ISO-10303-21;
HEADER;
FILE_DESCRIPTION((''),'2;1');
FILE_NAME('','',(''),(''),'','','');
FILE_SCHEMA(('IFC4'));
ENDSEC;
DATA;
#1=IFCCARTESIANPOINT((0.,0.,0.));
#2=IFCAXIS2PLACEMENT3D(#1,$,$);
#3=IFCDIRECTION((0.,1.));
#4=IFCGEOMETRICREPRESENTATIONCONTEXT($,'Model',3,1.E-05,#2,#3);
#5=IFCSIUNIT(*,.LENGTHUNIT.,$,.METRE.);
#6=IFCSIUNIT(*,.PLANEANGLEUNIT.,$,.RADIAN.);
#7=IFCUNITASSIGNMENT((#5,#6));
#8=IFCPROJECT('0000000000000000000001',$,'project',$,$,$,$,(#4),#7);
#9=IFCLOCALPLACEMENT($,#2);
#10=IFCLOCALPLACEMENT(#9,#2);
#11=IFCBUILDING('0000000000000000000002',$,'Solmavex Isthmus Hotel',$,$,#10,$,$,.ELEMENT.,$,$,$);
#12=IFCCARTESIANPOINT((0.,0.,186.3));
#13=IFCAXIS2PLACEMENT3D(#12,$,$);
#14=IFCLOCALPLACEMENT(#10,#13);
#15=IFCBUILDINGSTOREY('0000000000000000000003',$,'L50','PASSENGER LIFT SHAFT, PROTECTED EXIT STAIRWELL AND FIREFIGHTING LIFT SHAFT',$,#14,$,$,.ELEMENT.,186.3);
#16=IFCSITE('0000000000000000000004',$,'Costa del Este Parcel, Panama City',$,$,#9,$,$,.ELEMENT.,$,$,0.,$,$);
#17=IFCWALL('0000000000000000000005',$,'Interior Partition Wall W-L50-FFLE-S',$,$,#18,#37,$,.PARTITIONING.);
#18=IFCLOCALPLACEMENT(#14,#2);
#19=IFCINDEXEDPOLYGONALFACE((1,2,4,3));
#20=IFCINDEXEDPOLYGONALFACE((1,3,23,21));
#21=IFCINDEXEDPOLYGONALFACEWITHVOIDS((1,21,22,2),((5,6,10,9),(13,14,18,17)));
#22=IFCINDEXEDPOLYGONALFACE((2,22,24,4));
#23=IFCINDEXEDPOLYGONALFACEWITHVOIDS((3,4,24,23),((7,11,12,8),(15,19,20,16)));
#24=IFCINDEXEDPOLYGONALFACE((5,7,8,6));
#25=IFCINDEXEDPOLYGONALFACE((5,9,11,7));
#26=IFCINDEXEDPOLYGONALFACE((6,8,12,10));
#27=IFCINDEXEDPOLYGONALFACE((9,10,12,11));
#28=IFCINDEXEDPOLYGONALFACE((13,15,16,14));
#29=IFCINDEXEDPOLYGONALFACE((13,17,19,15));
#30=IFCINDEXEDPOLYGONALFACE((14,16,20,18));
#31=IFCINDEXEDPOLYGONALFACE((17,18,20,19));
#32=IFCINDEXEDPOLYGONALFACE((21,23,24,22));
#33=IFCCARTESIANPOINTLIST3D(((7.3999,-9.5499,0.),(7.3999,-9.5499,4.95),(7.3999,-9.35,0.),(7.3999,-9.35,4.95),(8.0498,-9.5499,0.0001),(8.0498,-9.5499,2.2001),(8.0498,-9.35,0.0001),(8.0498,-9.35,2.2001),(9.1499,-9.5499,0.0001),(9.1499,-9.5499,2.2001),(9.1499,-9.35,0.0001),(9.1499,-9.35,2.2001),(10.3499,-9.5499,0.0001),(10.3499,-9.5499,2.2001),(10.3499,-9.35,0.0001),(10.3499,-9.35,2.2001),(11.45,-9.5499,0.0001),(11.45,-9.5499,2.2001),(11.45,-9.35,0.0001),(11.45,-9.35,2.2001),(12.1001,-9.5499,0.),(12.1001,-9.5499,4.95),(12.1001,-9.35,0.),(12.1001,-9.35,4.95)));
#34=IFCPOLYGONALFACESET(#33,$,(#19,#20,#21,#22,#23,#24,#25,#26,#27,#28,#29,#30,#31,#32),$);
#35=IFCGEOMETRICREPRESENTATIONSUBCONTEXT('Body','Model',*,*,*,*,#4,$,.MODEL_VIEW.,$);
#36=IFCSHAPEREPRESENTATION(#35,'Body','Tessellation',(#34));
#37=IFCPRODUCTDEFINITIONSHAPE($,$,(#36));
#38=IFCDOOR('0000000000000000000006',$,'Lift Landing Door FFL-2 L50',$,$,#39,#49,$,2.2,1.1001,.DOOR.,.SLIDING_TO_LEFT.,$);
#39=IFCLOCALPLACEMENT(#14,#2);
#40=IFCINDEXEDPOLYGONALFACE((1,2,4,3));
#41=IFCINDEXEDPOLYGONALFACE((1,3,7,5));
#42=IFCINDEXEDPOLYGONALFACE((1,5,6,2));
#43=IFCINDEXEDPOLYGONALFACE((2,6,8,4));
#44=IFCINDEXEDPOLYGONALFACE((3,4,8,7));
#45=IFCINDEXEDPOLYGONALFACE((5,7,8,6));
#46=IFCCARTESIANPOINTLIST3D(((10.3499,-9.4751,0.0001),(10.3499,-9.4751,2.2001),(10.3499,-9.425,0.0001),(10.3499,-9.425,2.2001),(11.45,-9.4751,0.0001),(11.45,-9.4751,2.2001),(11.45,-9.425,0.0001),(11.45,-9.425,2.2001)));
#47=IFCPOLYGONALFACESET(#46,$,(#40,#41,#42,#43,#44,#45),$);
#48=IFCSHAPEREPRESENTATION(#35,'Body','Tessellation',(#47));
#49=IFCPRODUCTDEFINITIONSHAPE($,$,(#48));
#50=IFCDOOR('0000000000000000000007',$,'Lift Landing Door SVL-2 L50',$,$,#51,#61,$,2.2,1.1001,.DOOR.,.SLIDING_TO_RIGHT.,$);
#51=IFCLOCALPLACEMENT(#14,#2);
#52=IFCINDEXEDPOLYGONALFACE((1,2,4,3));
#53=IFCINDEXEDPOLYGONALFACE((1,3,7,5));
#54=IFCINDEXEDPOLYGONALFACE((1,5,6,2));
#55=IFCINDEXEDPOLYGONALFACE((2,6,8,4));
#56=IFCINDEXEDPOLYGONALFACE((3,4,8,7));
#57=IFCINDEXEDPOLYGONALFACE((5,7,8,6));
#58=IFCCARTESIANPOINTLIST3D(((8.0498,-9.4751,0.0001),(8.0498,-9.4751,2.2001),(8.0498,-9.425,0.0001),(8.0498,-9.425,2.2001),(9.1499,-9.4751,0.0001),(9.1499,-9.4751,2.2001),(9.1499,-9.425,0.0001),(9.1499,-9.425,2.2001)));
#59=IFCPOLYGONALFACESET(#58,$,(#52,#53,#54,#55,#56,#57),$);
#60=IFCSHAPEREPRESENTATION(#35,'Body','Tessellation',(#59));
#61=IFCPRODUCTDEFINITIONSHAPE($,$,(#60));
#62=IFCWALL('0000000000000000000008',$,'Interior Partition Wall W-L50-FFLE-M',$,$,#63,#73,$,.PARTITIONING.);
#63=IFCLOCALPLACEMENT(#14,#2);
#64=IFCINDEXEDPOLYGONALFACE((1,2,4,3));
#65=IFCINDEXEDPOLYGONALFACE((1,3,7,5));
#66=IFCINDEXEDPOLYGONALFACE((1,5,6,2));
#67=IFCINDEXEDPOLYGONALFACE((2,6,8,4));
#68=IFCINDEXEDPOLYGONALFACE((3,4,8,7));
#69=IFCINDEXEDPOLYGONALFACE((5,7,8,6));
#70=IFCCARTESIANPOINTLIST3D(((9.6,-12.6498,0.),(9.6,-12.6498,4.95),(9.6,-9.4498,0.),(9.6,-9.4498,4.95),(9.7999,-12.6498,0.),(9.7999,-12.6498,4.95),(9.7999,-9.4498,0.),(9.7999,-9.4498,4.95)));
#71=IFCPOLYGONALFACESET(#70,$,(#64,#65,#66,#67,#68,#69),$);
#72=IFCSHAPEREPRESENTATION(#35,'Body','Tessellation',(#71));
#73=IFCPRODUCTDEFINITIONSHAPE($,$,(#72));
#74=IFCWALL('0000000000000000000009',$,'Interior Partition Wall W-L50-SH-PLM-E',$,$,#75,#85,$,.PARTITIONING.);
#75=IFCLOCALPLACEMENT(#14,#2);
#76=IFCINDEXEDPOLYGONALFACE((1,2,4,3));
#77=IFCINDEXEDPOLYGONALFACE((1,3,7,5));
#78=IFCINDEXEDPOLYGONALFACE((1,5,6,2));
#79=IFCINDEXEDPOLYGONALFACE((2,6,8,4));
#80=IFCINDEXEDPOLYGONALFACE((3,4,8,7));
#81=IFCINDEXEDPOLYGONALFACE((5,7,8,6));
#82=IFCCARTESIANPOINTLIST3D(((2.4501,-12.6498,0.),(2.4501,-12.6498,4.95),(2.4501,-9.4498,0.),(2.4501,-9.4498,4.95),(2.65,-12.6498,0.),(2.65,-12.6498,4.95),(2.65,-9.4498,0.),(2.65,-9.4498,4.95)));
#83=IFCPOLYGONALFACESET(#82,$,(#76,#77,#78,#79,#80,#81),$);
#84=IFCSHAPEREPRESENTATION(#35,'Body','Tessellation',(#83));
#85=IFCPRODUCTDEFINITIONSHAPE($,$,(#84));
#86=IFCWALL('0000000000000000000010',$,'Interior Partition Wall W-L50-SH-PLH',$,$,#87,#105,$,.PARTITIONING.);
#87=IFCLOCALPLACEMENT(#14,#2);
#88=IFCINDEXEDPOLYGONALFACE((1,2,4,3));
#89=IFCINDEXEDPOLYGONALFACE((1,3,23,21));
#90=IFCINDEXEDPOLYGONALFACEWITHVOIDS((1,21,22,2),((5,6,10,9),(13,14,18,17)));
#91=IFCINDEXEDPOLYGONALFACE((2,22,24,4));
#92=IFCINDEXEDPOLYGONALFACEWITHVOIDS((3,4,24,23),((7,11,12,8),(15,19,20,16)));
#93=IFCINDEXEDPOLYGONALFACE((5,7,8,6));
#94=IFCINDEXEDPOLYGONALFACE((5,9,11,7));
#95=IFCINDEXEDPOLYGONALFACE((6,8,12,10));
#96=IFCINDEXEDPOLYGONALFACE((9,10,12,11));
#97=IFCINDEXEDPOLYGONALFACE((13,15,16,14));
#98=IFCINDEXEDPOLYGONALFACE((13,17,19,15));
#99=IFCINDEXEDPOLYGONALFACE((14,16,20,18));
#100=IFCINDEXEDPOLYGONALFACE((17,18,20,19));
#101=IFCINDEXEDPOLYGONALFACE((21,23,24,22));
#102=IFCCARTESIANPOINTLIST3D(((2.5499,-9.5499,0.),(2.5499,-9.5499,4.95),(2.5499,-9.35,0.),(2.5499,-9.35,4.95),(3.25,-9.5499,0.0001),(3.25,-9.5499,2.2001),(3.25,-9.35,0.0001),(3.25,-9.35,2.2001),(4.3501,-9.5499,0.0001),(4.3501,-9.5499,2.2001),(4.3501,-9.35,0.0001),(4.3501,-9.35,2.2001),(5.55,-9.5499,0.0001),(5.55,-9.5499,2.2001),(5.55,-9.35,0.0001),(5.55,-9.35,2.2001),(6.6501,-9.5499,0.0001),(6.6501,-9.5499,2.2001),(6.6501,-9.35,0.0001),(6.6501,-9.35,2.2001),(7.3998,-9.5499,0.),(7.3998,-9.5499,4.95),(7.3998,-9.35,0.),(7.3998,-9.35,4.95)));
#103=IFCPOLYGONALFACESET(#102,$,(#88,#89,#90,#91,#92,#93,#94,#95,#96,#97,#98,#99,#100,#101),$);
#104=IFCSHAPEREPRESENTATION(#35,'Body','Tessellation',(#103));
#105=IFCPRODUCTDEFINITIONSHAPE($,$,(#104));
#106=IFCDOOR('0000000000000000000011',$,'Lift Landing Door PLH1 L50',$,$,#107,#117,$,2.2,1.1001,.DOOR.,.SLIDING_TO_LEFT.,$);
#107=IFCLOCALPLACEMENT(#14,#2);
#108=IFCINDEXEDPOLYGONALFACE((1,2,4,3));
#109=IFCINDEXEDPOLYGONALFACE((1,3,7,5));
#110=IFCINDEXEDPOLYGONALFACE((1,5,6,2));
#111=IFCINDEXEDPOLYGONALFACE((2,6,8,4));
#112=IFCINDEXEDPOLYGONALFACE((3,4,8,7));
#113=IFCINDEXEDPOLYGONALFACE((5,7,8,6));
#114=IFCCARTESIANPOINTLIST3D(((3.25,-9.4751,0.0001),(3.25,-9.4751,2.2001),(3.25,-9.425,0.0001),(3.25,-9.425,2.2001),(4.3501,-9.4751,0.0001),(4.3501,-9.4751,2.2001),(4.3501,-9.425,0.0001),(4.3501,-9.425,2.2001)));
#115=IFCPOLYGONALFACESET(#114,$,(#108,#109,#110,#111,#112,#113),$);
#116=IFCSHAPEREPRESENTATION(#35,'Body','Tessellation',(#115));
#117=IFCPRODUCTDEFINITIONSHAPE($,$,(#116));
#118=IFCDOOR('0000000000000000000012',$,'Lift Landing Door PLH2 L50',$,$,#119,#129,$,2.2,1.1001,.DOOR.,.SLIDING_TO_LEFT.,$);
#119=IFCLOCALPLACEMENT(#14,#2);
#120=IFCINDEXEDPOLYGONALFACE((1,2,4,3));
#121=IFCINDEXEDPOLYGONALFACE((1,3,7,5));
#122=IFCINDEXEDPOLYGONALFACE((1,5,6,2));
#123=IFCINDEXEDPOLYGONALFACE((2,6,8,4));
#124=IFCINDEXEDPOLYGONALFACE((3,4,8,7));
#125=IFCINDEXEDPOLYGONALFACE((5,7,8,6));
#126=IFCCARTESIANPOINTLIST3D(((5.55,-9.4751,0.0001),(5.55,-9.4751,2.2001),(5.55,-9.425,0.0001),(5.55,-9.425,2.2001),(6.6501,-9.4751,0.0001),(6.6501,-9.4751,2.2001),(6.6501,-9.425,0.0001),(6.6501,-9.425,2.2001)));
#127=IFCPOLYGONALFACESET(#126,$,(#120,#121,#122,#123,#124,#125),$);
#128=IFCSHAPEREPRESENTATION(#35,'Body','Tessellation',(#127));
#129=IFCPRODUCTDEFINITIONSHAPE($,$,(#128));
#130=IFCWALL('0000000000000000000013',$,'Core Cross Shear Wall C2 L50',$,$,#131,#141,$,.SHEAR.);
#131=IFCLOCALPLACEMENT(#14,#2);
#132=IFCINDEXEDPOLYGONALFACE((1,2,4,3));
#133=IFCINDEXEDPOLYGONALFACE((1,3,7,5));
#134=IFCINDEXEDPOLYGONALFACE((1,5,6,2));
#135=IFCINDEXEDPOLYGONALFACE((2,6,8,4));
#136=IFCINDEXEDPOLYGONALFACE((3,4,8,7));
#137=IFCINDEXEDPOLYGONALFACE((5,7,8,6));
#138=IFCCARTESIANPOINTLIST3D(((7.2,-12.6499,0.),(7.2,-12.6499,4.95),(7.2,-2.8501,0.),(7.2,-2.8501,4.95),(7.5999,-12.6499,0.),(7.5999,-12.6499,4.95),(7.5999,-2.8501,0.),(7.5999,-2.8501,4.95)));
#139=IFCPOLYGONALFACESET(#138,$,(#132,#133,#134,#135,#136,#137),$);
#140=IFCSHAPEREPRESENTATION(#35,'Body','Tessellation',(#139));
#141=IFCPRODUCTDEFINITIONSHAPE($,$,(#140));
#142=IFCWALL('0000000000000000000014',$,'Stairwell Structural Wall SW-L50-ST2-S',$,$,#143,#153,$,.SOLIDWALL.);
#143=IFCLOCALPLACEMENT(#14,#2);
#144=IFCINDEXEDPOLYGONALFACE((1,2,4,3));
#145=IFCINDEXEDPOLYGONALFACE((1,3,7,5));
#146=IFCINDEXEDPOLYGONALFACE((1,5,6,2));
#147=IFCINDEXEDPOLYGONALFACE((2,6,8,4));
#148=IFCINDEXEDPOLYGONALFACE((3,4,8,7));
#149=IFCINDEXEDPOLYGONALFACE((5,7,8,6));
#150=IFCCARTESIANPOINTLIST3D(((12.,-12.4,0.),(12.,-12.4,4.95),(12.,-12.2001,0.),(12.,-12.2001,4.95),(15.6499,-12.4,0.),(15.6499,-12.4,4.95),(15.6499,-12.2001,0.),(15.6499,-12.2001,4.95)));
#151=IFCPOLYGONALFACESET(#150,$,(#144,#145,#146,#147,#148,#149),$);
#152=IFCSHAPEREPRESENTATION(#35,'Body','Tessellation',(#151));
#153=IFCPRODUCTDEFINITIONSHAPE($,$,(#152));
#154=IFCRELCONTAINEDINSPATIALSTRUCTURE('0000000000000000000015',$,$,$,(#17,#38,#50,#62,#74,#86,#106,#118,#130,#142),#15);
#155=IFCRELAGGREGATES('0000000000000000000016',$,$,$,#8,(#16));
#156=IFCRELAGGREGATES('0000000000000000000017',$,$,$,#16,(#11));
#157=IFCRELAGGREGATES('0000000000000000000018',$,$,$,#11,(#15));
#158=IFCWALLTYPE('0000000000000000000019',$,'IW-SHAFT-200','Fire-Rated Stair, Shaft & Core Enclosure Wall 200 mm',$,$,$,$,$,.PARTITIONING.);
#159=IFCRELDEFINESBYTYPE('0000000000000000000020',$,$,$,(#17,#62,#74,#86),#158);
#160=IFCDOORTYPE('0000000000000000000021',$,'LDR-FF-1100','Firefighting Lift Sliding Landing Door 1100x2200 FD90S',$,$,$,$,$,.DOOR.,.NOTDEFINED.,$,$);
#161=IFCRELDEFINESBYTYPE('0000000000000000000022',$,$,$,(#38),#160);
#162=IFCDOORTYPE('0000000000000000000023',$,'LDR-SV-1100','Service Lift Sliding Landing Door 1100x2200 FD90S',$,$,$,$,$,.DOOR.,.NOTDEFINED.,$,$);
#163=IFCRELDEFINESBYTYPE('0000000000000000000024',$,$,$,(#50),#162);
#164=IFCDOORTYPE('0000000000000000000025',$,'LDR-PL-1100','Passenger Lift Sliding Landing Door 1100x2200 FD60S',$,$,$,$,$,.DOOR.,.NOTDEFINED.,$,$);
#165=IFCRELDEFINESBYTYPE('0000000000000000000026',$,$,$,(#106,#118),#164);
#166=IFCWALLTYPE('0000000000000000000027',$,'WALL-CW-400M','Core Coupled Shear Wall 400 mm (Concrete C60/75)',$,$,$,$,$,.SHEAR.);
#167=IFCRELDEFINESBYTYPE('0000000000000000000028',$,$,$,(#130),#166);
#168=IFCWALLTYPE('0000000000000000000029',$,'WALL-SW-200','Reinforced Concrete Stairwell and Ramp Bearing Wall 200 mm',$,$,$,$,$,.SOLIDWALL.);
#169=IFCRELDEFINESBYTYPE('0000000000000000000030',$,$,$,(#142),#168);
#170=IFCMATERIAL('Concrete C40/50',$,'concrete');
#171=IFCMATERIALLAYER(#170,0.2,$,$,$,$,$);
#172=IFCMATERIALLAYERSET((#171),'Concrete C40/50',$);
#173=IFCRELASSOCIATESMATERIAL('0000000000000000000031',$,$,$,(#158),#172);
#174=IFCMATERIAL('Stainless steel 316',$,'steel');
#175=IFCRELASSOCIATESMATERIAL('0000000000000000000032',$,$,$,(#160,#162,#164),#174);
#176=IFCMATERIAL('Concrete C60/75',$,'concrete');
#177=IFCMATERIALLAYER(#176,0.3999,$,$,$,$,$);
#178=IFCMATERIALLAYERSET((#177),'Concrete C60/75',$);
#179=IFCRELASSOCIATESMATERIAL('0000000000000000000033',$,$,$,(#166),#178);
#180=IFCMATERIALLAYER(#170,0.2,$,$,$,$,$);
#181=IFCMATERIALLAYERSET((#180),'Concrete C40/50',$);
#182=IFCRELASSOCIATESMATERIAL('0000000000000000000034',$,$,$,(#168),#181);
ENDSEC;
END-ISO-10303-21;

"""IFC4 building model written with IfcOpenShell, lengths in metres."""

from ifc_helpers import new_model, si_unit, direction, frame, frame_2d, origin, place, context, subcontext, project, spatial, rectangle, extrude, material, layer, layer_set, type_object, element, fill, save


model = new_model("IFC4")

# Units and contexts
model_context = context("Model", 3, precision=1e-05, world=origin(), true_north=direction((0.0, 1.0)))
body_context = subcontext(model_context, "Body", "Model", "MODEL_VIEW")
ifc_project = project(units=[si_unit("LENGTHUNIT", "METRE"), si_unit("PLANEANGLEUNIT", "RADIAN")], contexts=[model_context])

# Site, building, storey
site_placement = place(None, origin())
site = spatial("IfcSite", under=ifc_project, at=site_placement, Name="Costa del Este Parcel, Panama City", CompositionType="ELEMENT", RefElevation=0.0)
building_placement = place(site_placement, origin())
building = spatial("IfcBuilding", under=site, at=building_placement, Name="Solmavex Isthmus Hotel", CompositionType="ELEMENT")
storey_placement = place(building_placement, frame((0.0, 0.0, 186.3)))
storey = spatial("IfcBuildingStorey", under=building, at=storey_placement, Name="L50", Description="PASSENGER LIFT SHAFT, PROTECTED EXIT STAIRWELL AND FIREFIGHTING LIFT SHAFT", CompositionType="ELEMENT", Elevation=186.3)

# Shared definitions
ifc_material_1 = material(Name="Concrete C60/75", Category="concrete")

# Shared definitions
ifc_material_2 = material(Name="Concrete C40/50", Category="concrete")

# Wall, openings, doors
ifc_layer_1 = layer(ifc_material_2, 0.2)
ifc_layer_set_1 = layer_set([ifc_layer_1], Name="Concrete C40/50")
wall_type_1 = type_object("IfcWallType", Name="IW-SHAFT-200", Description="Fire-Rated Stair, Shaft & Core Enclosure Wall 200 mm", PredefinedType="PARTITIONING", material=ifc_layer_set_1)
wall_1_placement = place(storey_placement, frame((7.3999, -9.45, 0.0), z_axis=(0.0, 0.0, 1.0), x_axis=(1.0, 0.0, 0.0)))
wall_1 = element("IfcWall", 1, at=wall_1_placement, inside=storey, type_object=wall_type_1, Name="Interior Partition Wall W-L50-FFLE-S", PredefinedType="PARTITIONING", context=body_context, shape_type="SweptSolid", body=[
    extrude(rectangle(XDim=4.7002, YDim=0.2, at=frame_2d((2.3501, 0.0))), origin(), (0.0, 0.0, 1.0), 4.95),
])
opening_1_placement = place(wall_1_placement, frame((2.95, 0.0, 0.0)))
opening_1 = element("IfcOpeningElement", 2, at=opening_1_placement, cuts=wall_1, PredefinedType="OPENING", context=body_context, shape_type="SweptSolid", body=[
    extrude(rectangle(XDim=1.1001, YDim=2.2, at=frame_2d((0.55, 1.1001))), frame((0.0, 0.1099, 0.0), z_axis=(0.0, -1.0, 0.0), x_axis=(1.0, 0.0, 0.0)), (0.0, 0.0, 1.0), 0.22),
])
opening_2_placement = place(wall_1_placement, frame((0.6499, 0.0, 0.0)))
opening_2 = element("IfcOpeningElement", 3, at=opening_2_placement, cuts=wall_1, PredefinedType="OPENING", context=body_context, shape_type="SweptSolid", body=[
    extrude(rectangle(XDim=1.1001, YDim=2.2, at=frame_2d((0.55, 1.1001))), frame((0.0, 0.1099, 0.0), z_axis=(0.0, -1.0, 0.0), x_axis=(1.0, 0.0, 0.0)), (0.0, 0.0, 1.0), 0.22),
])
ifc_material_3 = material(Name="Stainless steel 316", Category="steel")
door_type_1 = type_object("IfcDoorType", Name="LDR-FF-1100", Description="Firefighting Lift Sliding Landing Door 1100x2200 FD90S", OperationType="NOTDEFINED", PredefinedType="DOOR", material=ifc_material_3)
door_1_placement = place(opening_1_placement, origin())
door_1 = element("IfcDoor", 4, at=door_1_placement, inside=storey, type_object=door_type_1, Name="Lift Landing Door FFL-2 L50", OperationType="SLIDING_TO_LEFT", OverallHeight=2.2, OverallWidth=1.1001, PredefinedType="DOOR", context=body_context, shape_type="SweptSolid", body=[
    extrude(rectangle(XDim=1.1001, YDim=2.2, at=frame_2d((0.55, 1.1001))), frame((0.0, 0.0249, 0.0), z_axis=(0.0, -1.0, 0.0), x_axis=(1.0, 0.0, 0.0)), (0.0, 0.0, 1.0), 0.05),
])
fill(opening_1, door_1)
door_type_2 = type_object("IfcDoorType", Name="LDR-SV-1100", Description="Service Lift Sliding Landing Door 1100x2200 FD90S", OperationType="NOTDEFINED", PredefinedType="DOOR", material=ifc_material_3)
door_2_placement = place(opening_2_placement, origin())
door_2 = element("IfcDoor", 5, at=door_2_placement, inside=storey, type_object=door_type_2, Name="Lift Landing Door SVL-2 L50", OperationType="SLIDING_TO_RIGHT", OverallHeight=2.2, OverallWidth=1.1001, PredefinedType="DOOR", context=body_context, shape_type="SweptSolid", body=[
    extrude(rectangle(XDim=1.1001, YDim=2.2, at=frame_2d((0.55, 1.1001))), frame((0.0, 0.0249, 0.0), z_axis=(0.0, -1.0, 0.0), x_axis=(1.0, 0.0, 0.0)), (0.0, 0.0, 1.0), 0.05),
])
fill(opening_2, door_2)

# Walls
for number, where, z_axis, x_axis, name in (
    (6, (9.7, -12.6499, 0.0), (0.0, 0.0, 1.0), (0.0, 1.0, 0.0), "Interior Partition Wall W-L50-FFLE-M"),
    (7, (2.55, -12.6499, 0.0), (0.0, 0.0, 1.0), (0.0, 1.0, 0.0), "Interior Partition Wall W-L50-SH-PLM-E"),
):
    element("IfcWall", number, at=place(storey_placement, frame(where, z_axis=z_axis, x_axis=x_axis)), inside=storey, type_object=wall_type_1, Name=name, PredefinedType="PARTITIONING", context=body_context, shape_type="SweptSolid", body=[
        extrude(rectangle(XDim=3.2, YDim=0.2, at=frame_2d((1.6001, 0.0))), origin(), (0.0, 0.0, 1.0), 4.95),
    ])

# Wall, openings, doors
wall_2_placement = place(storey_placement, frame((2.55, -9.45, 0.0), z_axis=(0.0, 0.0, 1.0), x_axis=(1.0, 0.0, 0.0)))
wall_2 = element("IfcWall", 8, at=wall_2_placement, inside=storey, type_object=wall_type_1, Name="Interior Partition Wall W-L50-SH-PLH", PredefinedType="PARTITIONING", context=body_context, shape_type="SweptSolid", body=[
    extrude(rectangle(XDim=4.8499, YDim=0.2, at=frame_2d((2.4248, 0.0))), origin(), (0.0, 0.0, 1.0), 4.95),
])
opening_3_placement = place(wall_2_placement, frame((0.7, 0.0, 0.0)))
opening_3 = element("IfcOpeningElement", 9, at=opening_3_placement, cuts=wall_2, PredefinedType="OPENING", context=body_context, shape_type="SweptSolid", body=[
    extrude(rectangle(XDim=1.1001, YDim=2.2, at=frame_2d((0.55, 1.1001))), frame((0.0, 0.1099, 0.0), z_axis=(0.0, -1.0, 0.0), x_axis=(1.0, 0.0, 0.0)), (0.0, 0.0, 1.0), 0.22),
])
opening_4_placement = place(wall_2_placement, frame((3.0, 0.0, 0.0)))
opening_4 = element("IfcOpeningElement", 10, at=opening_4_placement, cuts=wall_2, PredefinedType="OPENING", context=body_context, shape_type="SweptSolid", body=[
    extrude(rectangle(XDim=1.1001, YDim=2.2, at=frame_2d((0.55, 1.1001))), frame((0.0, 0.1099, 0.0), z_axis=(0.0, -1.0, 0.0), x_axis=(1.0, 0.0, 0.0)), (0.0, 0.0, 1.0), 0.22),
])
door_type_3 = type_object("IfcDoorType", Name="LDR-PL-1100", Description="Passenger Lift Sliding Landing Door 1100x2200 FD60S", OperationType="NOTDEFINED", PredefinedType="DOOR", material=ifc_material_3)
door_3_placement = place(opening_3_placement, origin())
door_3 = element("IfcDoor", 11, at=door_3_placement, inside=storey, type_object=door_type_3, Name="Lift Landing Door PLH1 L50", OperationType="SLIDING_TO_LEFT", OverallHeight=2.2, OverallWidth=1.1001, PredefinedType="DOOR", context=body_context, shape_type="SweptSolid", body=[
    extrude(rectangle(XDim=1.1001, YDim=2.2, at=frame_2d((0.55, 1.1001))), frame((0.0, 0.0249, 0.0), z_axis=(0.0, -1.0, 0.0), x_axis=(1.0, 0.0, 0.0)), (0.0, 0.0, 1.0), 0.05),
])
fill(opening_3, door_3)
door_4_placement = place(opening_4_placement, origin())
door_4 = element("IfcDoor", 12, at=door_4_placement, inside=storey, type_object=door_type_3, Name="Lift Landing Door PLH2 L50", OperationType="SLIDING_TO_LEFT", OverallHeight=2.2, OverallWidth=1.1001, PredefinedType="DOOR", context=body_context, shape_type="SweptSolid", body=[
    extrude(rectangle(XDim=1.1001, YDim=2.2, at=frame_2d((0.55, 1.1001))), frame((0.0, 0.0249, 0.0), z_axis=(0.0, -1.0, 0.0), x_axis=(1.0, 0.0, 0.0)), (0.0, 0.0, 1.0), 0.05),
])
fill(opening_4, door_4)

# Walls
ifc_layer_2 = layer(ifc_material_1, 0.3999)
ifc_layer_set_2 = layer_set([ifc_layer_2], Name="Concrete C60/75")
wall_type_2 = type_object("IfcWallType", Name="WALL-CW-400M", Description="Core Coupled Shear Wall 400 mm (Concrete C60/75)", PredefinedType="SHEAR", material=ifc_layer_set_2)
wall_3_placement = place(storey_placement, frame((7.3999, -12.6499, 0.0), z_axis=(0.0, 0.0, 1.0), x_axis=(0.0, 1.0, 0.0)))
element("IfcWall", 13, at=wall_3_placement, inside=storey, type_object=wall_type_2, Name="Core Cross Shear Wall C2 L50", PredefinedType="SHEAR", context=body_context, shape_type="SweptSolid", body=[
    extrude(rectangle(XDim=9.7998, YDim=0.3999, at=frame_2d((4.8999, 0.0))), origin(), (0.0, 0.0, 1.0), 4.95),
])
ifc_layer_3 = layer(ifc_material_2, 0.2)
ifc_layer_set_3 = layer_set([ifc_layer_3], Name="Concrete C40/50")
wall_type_3 = type_object("IfcWallType", Name="WALL-SW-200", Description="Reinforced Concrete Stairwell and Ramp Bearing Wall 200 mm", PredefinedType="SOLIDWALL", material=ifc_layer_set_3)
wall_4_placement = place(storey_placement, frame((12.0, -12.3, 0.0), z_axis=(0.0, 0.0, 1.0), x_axis=(1.0, 0.0, 0.0)))
element("IfcWall", 14, at=wall_4_placement, inside=storey, type_object=wall_type_3, Name="Stairwell Structural Wall SW-L50-ST2-S", PredefinedType="SOLIDWALL", context=body_context, shape_type="SweptSolid", body=[
    extrude(rectangle(XDim=3.6499, YDim=0.2, at=frame_2d((1.825, 0.0))), origin(), (0.0, 0.0, 1.0), 4.95),
])

save(model, "model.ifc")
